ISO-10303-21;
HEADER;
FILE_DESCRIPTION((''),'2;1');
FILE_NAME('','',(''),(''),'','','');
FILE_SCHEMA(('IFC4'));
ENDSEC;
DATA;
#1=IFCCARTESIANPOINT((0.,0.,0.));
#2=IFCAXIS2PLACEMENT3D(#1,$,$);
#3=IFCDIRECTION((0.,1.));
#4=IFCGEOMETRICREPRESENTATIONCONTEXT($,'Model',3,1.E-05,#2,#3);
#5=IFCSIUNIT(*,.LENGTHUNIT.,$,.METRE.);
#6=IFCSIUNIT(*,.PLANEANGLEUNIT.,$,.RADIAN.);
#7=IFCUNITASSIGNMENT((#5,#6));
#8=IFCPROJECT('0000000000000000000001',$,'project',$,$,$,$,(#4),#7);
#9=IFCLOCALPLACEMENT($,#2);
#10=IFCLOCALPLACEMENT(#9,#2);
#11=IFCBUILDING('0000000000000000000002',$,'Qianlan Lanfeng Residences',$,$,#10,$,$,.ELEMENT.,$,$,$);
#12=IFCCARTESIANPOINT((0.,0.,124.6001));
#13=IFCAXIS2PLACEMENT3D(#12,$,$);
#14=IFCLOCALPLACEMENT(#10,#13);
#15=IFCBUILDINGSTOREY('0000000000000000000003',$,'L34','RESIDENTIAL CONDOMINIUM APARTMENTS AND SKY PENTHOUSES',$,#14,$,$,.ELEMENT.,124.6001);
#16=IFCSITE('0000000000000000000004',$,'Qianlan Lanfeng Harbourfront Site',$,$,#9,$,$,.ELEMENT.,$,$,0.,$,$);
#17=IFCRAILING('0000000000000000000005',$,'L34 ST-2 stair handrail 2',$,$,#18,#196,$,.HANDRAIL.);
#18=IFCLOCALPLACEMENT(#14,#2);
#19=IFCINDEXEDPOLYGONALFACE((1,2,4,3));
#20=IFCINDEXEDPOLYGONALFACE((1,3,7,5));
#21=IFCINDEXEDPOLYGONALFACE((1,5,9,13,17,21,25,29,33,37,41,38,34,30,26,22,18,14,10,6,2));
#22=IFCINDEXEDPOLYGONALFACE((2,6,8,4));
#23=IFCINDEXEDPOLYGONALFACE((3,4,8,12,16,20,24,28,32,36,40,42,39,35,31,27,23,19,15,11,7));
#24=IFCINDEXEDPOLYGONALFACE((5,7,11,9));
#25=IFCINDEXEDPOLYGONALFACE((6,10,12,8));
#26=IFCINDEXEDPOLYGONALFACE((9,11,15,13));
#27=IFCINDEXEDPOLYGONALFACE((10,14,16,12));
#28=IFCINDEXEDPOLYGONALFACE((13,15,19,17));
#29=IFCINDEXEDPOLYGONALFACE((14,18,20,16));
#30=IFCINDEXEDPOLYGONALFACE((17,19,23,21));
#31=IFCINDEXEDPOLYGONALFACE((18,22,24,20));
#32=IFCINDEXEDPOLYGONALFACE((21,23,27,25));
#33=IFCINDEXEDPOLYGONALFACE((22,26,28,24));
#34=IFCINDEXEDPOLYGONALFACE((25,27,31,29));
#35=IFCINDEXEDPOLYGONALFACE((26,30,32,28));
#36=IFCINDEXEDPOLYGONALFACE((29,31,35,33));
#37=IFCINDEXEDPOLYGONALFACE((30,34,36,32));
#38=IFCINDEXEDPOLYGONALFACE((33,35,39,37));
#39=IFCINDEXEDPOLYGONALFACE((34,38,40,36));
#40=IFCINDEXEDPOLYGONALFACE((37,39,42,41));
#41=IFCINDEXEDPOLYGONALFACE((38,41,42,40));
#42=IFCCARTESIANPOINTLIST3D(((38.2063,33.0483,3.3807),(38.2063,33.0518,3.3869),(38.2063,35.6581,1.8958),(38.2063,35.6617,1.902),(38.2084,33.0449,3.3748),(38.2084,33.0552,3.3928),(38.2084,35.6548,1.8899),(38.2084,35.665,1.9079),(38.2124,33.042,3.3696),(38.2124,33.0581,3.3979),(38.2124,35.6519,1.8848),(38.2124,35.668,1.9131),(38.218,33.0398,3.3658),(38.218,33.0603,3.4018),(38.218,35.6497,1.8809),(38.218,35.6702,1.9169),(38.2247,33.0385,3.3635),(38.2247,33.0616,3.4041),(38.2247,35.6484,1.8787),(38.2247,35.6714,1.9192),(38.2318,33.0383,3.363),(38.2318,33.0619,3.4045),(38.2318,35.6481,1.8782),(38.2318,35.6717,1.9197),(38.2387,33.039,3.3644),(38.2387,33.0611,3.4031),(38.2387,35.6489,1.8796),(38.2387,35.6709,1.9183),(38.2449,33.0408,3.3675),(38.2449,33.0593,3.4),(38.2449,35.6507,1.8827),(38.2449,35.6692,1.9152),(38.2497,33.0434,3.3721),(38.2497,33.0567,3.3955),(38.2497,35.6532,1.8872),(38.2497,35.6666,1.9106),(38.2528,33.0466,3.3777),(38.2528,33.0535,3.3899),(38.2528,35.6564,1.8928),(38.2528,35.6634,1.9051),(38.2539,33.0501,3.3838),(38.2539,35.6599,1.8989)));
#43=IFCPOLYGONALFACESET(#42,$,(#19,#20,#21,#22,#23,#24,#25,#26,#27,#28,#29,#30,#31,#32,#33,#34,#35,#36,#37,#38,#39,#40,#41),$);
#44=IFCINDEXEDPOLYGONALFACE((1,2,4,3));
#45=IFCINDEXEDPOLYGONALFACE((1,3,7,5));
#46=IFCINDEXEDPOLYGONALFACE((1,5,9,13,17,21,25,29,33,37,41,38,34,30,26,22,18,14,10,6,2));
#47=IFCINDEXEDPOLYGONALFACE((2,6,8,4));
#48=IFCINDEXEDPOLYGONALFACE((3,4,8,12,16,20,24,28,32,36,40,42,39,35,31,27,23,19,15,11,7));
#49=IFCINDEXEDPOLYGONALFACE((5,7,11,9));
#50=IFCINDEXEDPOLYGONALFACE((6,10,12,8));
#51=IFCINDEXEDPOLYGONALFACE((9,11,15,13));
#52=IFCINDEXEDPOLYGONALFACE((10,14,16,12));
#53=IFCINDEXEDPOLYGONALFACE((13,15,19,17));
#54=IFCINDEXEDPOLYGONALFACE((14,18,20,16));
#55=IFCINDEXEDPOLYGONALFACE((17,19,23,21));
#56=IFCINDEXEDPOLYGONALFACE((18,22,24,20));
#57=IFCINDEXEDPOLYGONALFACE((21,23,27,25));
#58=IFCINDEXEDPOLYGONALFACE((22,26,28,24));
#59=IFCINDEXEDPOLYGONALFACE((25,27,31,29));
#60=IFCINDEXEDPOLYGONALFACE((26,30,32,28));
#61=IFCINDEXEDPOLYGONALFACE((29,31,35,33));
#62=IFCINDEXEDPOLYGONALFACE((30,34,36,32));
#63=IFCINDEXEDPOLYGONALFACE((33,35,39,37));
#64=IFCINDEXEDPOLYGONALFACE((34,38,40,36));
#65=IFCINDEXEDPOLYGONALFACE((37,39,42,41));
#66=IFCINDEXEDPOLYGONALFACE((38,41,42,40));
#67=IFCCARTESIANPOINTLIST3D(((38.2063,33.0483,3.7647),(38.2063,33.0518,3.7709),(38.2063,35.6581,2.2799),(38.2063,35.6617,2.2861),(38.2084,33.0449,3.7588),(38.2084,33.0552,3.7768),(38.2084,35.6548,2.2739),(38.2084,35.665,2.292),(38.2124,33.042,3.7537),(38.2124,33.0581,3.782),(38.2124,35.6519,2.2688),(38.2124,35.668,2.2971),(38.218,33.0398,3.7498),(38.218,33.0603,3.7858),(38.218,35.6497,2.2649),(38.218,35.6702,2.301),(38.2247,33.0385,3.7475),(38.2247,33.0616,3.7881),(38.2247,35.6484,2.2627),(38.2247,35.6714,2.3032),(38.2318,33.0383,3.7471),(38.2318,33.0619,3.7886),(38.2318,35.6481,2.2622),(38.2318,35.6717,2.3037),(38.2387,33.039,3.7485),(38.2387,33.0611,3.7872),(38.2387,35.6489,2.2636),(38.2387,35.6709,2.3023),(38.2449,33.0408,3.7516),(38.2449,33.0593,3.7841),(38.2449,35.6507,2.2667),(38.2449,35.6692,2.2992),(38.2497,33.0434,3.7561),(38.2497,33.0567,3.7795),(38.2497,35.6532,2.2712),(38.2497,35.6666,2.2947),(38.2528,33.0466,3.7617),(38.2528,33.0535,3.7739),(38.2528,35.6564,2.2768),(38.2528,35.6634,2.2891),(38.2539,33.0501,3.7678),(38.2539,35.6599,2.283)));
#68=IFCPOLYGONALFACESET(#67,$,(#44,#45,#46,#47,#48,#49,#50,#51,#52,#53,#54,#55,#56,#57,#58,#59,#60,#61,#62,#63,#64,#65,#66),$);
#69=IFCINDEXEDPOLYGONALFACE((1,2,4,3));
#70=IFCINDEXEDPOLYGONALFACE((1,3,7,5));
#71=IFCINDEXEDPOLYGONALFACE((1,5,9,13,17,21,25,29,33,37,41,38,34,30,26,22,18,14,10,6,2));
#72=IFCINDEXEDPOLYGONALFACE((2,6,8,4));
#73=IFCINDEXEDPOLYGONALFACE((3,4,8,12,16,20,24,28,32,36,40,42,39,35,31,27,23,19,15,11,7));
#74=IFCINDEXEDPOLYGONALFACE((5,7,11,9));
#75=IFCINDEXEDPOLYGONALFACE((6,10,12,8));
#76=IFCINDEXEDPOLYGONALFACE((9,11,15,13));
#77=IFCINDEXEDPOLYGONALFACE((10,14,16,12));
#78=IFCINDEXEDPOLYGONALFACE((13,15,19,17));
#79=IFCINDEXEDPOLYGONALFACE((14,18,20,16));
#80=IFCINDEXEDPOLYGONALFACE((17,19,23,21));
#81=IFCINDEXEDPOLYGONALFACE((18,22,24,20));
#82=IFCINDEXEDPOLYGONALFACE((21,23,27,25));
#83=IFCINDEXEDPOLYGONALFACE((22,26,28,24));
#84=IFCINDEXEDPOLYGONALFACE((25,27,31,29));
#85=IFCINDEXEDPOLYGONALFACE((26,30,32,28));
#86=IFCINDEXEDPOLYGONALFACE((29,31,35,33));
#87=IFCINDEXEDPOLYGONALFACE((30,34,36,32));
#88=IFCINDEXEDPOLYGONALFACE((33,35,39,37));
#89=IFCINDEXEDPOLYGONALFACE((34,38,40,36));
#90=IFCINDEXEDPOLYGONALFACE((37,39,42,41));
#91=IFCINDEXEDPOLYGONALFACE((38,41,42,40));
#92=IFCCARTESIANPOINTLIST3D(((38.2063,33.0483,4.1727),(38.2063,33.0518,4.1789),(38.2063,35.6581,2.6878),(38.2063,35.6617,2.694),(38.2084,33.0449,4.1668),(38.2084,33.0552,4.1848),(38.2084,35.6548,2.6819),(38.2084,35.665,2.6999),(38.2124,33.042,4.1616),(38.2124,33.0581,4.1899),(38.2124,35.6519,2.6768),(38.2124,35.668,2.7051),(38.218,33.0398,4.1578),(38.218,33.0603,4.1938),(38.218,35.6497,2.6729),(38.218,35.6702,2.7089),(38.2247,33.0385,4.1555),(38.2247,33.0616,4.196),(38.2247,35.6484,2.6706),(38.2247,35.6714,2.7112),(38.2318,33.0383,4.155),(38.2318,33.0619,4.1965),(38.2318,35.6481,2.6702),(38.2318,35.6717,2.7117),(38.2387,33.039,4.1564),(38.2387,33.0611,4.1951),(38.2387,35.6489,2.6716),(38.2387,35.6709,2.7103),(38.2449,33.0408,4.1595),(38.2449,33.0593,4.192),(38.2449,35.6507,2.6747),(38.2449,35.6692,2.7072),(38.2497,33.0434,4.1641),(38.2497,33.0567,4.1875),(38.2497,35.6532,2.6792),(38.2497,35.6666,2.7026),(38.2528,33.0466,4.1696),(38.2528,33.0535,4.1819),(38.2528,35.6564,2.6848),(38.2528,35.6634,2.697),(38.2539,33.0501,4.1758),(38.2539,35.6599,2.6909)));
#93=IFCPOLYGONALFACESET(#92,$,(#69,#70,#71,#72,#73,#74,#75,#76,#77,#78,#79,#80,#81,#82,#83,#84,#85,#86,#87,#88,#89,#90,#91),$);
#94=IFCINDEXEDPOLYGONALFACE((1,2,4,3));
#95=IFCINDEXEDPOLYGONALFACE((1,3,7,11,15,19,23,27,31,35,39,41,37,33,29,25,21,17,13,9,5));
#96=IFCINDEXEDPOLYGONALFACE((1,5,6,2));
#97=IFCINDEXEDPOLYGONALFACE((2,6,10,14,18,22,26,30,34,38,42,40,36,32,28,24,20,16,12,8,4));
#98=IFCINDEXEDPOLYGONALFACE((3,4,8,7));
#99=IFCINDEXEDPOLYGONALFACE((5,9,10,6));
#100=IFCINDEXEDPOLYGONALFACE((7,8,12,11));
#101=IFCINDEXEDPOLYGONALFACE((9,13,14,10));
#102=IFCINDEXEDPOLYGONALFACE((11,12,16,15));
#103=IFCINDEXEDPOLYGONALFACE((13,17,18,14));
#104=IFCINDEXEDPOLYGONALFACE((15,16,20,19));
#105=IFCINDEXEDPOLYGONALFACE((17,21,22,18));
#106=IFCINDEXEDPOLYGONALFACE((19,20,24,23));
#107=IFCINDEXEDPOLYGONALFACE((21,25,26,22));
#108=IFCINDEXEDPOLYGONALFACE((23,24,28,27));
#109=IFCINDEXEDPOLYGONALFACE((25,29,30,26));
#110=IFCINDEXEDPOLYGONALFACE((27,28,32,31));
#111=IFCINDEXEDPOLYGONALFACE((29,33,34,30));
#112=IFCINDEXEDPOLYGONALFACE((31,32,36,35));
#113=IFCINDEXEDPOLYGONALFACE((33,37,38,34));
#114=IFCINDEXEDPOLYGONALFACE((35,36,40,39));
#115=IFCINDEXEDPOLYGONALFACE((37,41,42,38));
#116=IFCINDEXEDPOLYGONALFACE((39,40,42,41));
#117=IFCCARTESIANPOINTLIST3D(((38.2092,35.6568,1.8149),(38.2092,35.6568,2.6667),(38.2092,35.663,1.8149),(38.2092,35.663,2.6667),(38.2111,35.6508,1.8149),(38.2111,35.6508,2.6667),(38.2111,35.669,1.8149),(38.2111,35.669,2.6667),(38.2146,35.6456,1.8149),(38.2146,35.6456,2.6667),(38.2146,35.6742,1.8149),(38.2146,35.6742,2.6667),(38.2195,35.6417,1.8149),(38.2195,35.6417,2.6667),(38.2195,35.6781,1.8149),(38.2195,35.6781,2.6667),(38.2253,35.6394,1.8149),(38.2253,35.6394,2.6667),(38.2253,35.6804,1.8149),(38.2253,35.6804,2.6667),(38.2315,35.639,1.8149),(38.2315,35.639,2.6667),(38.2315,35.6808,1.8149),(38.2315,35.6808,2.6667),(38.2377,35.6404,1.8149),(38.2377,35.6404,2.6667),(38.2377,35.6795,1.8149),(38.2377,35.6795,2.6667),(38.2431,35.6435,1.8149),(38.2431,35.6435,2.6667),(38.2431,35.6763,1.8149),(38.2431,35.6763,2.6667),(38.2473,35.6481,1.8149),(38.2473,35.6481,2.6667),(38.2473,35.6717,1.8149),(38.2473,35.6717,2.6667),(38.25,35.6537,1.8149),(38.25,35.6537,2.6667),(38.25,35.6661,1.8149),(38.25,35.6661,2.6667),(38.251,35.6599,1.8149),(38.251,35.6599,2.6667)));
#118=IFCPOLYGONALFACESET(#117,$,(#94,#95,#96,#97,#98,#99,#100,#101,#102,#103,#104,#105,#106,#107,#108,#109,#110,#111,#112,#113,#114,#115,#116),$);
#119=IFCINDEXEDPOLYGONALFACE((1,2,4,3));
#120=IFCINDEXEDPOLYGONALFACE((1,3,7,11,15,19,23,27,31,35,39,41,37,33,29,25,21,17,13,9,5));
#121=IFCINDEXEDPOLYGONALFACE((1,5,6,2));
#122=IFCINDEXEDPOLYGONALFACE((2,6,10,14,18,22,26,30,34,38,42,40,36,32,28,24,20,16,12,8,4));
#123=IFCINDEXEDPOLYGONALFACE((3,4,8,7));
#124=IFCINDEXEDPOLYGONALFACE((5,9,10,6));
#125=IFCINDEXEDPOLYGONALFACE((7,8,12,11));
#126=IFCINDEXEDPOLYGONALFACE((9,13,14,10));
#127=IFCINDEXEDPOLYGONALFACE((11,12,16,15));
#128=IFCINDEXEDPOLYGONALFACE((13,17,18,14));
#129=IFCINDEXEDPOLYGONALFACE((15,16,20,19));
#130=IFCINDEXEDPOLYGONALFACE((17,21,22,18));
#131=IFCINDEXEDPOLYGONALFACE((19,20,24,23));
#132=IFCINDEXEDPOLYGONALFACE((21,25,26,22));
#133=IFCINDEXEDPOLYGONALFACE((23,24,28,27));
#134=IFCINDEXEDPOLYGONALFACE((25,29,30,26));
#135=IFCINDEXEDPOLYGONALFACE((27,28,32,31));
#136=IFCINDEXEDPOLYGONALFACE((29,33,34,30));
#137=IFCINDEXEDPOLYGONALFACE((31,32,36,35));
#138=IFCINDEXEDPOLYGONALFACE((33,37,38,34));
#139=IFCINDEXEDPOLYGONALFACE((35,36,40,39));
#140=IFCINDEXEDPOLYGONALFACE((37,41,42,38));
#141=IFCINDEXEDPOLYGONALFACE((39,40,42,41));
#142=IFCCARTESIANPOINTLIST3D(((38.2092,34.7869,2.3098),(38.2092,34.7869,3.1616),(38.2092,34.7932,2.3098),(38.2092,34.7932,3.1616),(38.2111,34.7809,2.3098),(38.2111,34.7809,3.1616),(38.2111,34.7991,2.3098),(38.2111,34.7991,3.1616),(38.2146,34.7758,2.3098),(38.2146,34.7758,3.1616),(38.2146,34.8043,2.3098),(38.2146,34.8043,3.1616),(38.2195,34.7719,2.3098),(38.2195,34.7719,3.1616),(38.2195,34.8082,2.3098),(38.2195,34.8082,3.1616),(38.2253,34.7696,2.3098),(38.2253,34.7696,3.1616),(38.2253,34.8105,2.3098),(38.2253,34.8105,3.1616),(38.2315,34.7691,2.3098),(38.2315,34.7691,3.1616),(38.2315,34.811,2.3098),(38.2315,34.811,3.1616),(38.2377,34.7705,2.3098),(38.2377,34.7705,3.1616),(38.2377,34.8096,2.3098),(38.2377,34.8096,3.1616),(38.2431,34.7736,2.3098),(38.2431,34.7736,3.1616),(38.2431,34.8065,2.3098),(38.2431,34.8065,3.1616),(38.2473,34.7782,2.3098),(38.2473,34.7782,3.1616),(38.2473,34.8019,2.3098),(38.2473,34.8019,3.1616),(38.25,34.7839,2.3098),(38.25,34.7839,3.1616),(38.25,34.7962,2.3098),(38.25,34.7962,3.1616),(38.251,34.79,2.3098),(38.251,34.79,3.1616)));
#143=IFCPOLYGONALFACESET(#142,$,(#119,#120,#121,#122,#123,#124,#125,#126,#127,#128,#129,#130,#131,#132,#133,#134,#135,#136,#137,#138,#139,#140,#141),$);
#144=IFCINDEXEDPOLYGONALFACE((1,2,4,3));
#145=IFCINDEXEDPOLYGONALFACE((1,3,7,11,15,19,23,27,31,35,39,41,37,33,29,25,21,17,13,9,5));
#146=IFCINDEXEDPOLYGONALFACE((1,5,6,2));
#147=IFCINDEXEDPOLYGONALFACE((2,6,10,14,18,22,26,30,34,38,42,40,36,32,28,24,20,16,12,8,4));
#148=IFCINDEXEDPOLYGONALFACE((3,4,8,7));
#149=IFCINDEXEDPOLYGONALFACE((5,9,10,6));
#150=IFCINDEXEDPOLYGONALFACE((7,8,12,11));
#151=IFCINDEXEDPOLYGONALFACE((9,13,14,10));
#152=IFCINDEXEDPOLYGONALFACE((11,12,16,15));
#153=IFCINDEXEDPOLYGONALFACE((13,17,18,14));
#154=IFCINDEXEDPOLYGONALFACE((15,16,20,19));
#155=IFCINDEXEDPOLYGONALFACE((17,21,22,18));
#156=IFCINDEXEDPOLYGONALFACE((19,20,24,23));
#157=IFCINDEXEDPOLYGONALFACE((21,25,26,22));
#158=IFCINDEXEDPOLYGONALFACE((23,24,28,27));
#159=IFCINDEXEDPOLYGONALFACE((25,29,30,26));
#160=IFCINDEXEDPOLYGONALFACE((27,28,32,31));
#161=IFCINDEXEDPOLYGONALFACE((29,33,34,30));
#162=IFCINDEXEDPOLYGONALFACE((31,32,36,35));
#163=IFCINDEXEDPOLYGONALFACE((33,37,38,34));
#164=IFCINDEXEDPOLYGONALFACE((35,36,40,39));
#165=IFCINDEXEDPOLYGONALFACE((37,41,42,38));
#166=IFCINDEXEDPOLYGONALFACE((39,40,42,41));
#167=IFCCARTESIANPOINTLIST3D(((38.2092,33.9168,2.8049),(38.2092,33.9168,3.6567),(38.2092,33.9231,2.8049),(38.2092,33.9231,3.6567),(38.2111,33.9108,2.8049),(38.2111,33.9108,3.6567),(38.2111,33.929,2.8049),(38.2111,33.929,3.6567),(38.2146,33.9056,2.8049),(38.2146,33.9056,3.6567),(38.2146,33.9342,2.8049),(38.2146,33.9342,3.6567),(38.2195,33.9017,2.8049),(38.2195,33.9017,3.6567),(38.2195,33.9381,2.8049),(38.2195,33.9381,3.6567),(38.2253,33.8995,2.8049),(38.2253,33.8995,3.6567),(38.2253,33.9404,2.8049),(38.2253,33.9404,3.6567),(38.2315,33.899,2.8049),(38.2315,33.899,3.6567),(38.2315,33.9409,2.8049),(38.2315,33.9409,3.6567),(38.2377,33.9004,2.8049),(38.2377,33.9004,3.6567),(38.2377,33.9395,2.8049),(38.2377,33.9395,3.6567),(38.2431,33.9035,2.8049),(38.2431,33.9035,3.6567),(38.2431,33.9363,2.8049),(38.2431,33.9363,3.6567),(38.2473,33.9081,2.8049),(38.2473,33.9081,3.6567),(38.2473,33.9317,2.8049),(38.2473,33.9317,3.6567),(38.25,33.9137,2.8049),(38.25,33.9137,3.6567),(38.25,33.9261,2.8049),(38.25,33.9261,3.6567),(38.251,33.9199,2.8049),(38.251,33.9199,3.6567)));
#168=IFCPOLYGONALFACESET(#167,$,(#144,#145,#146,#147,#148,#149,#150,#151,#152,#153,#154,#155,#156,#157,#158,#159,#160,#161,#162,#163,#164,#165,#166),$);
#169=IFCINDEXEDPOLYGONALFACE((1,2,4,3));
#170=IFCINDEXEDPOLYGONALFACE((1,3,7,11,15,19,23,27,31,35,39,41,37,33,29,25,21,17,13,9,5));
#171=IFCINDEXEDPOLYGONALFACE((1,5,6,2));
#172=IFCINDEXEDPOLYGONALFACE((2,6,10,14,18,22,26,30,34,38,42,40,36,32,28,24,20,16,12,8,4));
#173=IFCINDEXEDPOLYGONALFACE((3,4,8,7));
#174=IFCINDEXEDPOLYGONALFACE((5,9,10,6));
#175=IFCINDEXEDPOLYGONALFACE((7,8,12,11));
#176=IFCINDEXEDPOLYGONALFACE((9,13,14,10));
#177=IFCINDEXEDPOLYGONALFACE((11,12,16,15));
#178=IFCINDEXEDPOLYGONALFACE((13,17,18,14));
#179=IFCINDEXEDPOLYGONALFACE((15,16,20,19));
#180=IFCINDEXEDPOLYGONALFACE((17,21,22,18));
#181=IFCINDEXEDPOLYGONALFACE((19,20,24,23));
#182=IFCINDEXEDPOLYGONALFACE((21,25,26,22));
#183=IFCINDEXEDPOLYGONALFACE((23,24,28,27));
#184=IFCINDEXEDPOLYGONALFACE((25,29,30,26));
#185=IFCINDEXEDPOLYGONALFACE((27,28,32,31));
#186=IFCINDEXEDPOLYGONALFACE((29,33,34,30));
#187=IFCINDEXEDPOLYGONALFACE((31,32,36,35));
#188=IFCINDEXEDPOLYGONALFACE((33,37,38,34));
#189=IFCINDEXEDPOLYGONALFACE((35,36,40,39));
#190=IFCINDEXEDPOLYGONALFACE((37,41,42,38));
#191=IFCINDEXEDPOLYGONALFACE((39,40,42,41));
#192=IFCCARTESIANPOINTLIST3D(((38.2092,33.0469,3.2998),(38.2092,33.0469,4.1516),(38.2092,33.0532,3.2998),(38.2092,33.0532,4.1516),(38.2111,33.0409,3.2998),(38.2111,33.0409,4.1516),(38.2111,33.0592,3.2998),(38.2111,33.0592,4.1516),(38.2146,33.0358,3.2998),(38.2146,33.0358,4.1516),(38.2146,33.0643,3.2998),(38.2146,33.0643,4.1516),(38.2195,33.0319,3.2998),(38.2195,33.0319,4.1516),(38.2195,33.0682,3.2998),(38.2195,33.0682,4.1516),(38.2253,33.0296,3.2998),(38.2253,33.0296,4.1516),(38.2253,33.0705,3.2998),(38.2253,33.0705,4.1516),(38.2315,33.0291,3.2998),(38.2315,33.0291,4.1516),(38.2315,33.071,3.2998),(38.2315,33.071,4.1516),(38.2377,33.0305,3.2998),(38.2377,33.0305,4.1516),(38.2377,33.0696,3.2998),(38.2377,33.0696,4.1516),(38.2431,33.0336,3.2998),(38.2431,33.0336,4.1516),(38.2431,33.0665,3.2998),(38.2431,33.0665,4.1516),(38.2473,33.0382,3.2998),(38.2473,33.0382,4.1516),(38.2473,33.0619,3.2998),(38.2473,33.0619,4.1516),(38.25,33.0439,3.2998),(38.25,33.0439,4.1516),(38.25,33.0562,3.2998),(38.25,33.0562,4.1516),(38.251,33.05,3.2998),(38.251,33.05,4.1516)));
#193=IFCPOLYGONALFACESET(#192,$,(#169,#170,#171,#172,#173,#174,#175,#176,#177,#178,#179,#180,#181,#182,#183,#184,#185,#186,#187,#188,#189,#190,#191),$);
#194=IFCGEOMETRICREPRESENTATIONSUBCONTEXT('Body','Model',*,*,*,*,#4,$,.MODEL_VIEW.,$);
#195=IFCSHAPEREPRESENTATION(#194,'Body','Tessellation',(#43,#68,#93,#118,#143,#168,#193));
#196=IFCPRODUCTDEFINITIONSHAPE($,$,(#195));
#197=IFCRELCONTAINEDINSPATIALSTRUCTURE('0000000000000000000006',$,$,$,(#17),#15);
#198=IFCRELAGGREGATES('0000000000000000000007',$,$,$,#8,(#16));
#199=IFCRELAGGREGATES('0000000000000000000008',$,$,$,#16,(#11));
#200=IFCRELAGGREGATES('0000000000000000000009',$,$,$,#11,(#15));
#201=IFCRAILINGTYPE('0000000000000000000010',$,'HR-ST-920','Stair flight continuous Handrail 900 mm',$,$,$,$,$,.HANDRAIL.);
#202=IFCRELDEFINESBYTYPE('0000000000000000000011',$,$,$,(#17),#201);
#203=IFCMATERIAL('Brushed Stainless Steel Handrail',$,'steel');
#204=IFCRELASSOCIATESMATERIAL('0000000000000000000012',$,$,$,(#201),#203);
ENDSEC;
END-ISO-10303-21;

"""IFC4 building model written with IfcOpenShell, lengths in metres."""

from ifc_helpers import new_model, si_unit, direction, frame, origin, origin_2d, place, context, subcontext, project, spatial, circle, extrude, material, type_object, element, save


model = new_model("IFC4")

# Units and contexts
model_context = context("Model", 3, precision=1e-05, world=origin(), true_north=direction((0.0, 1.0)))
body_context = subcontext(model_context, "Body", "Model", "MODEL_VIEW")
ifc_project = project(units=[si_unit("LENGTHUNIT", "METRE"), si_unit("PLANEANGLEUNIT", "RADIAN")], contexts=[model_context])

# Site, building, storey
site_placement = place(None, origin())
site = spatial("IfcSite", under=ifc_project, at=site_placement, Name="Qianlan Lanfeng Harbourfront Site", CompositionType="ELEMENT", RefElevation=0.0)
building_placement = place(site_placement, origin())
building = spatial("IfcBuilding", under=site, at=building_placement, Name="Qianlan Lanfeng Residences", CompositionType="ELEMENT")
storey_placement = place(building_placement, frame((0.0, 0.0, 124.6001)))
storey = spatial("IfcBuildingStorey", under=building, at=storey_placement, Name="L34", Description="RESIDENTIAL CONDOMINIUM APARTMENTS AND SKY PENTHOUSES", CompositionType="ELEMENT", Elevation=124.6001)

# Railing
ifc_material_1 = material(Name="Brushed Stainless Steel Handrail", Category="steel")
railing_type = type_object("IfcRailingType", Name="HR-ST-920", Description="Stair flight continuous Handrail 900 mm", PredefinedType="HANDRAIL", material=ifc_material_1)
railing_placement = place(storey_placement, frame((38.23, 35.6599, 1.8149)))
element("IfcRailing", 1, at=railing_placement, inside=storey, type_object=railing_type, Name="L34 ST-2 stair handrail 2", PredefinedType="HANDRAIL", context=body_context, shape_type="SweptSolid", body=[
    extrude(circle(Radius=0.0239, at=origin_2d()), frame((0.0, 0.0, 0.084), z_axis=(0.0, -0.869172, 0.494509), x_axis=(1.0, 0.0, 0.0)), (0.0, 0.0, 1.0), 3.0027),
    extrude(circle(Radius=0.0239, at=origin_2d()), frame((0.0, 0.0, 0.468), z_axis=(0.0, -0.869172, 0.494509), x_axis=(1.0, 0.0, 0.0)), (0.0, 0.0, 1.0), 3.0027),
    extrude(circle(Radius=0.0239, at=origin_2d()), frame((0.0, 0.0, 0.876), z_axis=(0.0, -0.869172, 0.494509), x_axis=(1.0, 0.0, 0.0)), (0.0, 0.0, 1.0), 3.0027),
    extrude(circle(Radius=0.021, at=origin_2d()), origin(), (0.0, 0.0, 1.0), 0.8518),
    extrude(circle(Radius=0.021, at=origin_2d()), frame((0.0, -0.8699, 0.4949)), (0.0, 0.0, 1.0), 0.8518),
    extrude(circle(Radius=0.021, at=origin_2d()), frame((0.0, -1.74, 0.99)), (0.0, 0.0, 1.0), 0.8518),
    extrude(circle(Radius=0.021, at=origin_2d()), frame((0.0, -2.6099, 1.4849)), (0.0, 0.0, 1.0), 0.8518),
])

save(model, "model.ifc")
